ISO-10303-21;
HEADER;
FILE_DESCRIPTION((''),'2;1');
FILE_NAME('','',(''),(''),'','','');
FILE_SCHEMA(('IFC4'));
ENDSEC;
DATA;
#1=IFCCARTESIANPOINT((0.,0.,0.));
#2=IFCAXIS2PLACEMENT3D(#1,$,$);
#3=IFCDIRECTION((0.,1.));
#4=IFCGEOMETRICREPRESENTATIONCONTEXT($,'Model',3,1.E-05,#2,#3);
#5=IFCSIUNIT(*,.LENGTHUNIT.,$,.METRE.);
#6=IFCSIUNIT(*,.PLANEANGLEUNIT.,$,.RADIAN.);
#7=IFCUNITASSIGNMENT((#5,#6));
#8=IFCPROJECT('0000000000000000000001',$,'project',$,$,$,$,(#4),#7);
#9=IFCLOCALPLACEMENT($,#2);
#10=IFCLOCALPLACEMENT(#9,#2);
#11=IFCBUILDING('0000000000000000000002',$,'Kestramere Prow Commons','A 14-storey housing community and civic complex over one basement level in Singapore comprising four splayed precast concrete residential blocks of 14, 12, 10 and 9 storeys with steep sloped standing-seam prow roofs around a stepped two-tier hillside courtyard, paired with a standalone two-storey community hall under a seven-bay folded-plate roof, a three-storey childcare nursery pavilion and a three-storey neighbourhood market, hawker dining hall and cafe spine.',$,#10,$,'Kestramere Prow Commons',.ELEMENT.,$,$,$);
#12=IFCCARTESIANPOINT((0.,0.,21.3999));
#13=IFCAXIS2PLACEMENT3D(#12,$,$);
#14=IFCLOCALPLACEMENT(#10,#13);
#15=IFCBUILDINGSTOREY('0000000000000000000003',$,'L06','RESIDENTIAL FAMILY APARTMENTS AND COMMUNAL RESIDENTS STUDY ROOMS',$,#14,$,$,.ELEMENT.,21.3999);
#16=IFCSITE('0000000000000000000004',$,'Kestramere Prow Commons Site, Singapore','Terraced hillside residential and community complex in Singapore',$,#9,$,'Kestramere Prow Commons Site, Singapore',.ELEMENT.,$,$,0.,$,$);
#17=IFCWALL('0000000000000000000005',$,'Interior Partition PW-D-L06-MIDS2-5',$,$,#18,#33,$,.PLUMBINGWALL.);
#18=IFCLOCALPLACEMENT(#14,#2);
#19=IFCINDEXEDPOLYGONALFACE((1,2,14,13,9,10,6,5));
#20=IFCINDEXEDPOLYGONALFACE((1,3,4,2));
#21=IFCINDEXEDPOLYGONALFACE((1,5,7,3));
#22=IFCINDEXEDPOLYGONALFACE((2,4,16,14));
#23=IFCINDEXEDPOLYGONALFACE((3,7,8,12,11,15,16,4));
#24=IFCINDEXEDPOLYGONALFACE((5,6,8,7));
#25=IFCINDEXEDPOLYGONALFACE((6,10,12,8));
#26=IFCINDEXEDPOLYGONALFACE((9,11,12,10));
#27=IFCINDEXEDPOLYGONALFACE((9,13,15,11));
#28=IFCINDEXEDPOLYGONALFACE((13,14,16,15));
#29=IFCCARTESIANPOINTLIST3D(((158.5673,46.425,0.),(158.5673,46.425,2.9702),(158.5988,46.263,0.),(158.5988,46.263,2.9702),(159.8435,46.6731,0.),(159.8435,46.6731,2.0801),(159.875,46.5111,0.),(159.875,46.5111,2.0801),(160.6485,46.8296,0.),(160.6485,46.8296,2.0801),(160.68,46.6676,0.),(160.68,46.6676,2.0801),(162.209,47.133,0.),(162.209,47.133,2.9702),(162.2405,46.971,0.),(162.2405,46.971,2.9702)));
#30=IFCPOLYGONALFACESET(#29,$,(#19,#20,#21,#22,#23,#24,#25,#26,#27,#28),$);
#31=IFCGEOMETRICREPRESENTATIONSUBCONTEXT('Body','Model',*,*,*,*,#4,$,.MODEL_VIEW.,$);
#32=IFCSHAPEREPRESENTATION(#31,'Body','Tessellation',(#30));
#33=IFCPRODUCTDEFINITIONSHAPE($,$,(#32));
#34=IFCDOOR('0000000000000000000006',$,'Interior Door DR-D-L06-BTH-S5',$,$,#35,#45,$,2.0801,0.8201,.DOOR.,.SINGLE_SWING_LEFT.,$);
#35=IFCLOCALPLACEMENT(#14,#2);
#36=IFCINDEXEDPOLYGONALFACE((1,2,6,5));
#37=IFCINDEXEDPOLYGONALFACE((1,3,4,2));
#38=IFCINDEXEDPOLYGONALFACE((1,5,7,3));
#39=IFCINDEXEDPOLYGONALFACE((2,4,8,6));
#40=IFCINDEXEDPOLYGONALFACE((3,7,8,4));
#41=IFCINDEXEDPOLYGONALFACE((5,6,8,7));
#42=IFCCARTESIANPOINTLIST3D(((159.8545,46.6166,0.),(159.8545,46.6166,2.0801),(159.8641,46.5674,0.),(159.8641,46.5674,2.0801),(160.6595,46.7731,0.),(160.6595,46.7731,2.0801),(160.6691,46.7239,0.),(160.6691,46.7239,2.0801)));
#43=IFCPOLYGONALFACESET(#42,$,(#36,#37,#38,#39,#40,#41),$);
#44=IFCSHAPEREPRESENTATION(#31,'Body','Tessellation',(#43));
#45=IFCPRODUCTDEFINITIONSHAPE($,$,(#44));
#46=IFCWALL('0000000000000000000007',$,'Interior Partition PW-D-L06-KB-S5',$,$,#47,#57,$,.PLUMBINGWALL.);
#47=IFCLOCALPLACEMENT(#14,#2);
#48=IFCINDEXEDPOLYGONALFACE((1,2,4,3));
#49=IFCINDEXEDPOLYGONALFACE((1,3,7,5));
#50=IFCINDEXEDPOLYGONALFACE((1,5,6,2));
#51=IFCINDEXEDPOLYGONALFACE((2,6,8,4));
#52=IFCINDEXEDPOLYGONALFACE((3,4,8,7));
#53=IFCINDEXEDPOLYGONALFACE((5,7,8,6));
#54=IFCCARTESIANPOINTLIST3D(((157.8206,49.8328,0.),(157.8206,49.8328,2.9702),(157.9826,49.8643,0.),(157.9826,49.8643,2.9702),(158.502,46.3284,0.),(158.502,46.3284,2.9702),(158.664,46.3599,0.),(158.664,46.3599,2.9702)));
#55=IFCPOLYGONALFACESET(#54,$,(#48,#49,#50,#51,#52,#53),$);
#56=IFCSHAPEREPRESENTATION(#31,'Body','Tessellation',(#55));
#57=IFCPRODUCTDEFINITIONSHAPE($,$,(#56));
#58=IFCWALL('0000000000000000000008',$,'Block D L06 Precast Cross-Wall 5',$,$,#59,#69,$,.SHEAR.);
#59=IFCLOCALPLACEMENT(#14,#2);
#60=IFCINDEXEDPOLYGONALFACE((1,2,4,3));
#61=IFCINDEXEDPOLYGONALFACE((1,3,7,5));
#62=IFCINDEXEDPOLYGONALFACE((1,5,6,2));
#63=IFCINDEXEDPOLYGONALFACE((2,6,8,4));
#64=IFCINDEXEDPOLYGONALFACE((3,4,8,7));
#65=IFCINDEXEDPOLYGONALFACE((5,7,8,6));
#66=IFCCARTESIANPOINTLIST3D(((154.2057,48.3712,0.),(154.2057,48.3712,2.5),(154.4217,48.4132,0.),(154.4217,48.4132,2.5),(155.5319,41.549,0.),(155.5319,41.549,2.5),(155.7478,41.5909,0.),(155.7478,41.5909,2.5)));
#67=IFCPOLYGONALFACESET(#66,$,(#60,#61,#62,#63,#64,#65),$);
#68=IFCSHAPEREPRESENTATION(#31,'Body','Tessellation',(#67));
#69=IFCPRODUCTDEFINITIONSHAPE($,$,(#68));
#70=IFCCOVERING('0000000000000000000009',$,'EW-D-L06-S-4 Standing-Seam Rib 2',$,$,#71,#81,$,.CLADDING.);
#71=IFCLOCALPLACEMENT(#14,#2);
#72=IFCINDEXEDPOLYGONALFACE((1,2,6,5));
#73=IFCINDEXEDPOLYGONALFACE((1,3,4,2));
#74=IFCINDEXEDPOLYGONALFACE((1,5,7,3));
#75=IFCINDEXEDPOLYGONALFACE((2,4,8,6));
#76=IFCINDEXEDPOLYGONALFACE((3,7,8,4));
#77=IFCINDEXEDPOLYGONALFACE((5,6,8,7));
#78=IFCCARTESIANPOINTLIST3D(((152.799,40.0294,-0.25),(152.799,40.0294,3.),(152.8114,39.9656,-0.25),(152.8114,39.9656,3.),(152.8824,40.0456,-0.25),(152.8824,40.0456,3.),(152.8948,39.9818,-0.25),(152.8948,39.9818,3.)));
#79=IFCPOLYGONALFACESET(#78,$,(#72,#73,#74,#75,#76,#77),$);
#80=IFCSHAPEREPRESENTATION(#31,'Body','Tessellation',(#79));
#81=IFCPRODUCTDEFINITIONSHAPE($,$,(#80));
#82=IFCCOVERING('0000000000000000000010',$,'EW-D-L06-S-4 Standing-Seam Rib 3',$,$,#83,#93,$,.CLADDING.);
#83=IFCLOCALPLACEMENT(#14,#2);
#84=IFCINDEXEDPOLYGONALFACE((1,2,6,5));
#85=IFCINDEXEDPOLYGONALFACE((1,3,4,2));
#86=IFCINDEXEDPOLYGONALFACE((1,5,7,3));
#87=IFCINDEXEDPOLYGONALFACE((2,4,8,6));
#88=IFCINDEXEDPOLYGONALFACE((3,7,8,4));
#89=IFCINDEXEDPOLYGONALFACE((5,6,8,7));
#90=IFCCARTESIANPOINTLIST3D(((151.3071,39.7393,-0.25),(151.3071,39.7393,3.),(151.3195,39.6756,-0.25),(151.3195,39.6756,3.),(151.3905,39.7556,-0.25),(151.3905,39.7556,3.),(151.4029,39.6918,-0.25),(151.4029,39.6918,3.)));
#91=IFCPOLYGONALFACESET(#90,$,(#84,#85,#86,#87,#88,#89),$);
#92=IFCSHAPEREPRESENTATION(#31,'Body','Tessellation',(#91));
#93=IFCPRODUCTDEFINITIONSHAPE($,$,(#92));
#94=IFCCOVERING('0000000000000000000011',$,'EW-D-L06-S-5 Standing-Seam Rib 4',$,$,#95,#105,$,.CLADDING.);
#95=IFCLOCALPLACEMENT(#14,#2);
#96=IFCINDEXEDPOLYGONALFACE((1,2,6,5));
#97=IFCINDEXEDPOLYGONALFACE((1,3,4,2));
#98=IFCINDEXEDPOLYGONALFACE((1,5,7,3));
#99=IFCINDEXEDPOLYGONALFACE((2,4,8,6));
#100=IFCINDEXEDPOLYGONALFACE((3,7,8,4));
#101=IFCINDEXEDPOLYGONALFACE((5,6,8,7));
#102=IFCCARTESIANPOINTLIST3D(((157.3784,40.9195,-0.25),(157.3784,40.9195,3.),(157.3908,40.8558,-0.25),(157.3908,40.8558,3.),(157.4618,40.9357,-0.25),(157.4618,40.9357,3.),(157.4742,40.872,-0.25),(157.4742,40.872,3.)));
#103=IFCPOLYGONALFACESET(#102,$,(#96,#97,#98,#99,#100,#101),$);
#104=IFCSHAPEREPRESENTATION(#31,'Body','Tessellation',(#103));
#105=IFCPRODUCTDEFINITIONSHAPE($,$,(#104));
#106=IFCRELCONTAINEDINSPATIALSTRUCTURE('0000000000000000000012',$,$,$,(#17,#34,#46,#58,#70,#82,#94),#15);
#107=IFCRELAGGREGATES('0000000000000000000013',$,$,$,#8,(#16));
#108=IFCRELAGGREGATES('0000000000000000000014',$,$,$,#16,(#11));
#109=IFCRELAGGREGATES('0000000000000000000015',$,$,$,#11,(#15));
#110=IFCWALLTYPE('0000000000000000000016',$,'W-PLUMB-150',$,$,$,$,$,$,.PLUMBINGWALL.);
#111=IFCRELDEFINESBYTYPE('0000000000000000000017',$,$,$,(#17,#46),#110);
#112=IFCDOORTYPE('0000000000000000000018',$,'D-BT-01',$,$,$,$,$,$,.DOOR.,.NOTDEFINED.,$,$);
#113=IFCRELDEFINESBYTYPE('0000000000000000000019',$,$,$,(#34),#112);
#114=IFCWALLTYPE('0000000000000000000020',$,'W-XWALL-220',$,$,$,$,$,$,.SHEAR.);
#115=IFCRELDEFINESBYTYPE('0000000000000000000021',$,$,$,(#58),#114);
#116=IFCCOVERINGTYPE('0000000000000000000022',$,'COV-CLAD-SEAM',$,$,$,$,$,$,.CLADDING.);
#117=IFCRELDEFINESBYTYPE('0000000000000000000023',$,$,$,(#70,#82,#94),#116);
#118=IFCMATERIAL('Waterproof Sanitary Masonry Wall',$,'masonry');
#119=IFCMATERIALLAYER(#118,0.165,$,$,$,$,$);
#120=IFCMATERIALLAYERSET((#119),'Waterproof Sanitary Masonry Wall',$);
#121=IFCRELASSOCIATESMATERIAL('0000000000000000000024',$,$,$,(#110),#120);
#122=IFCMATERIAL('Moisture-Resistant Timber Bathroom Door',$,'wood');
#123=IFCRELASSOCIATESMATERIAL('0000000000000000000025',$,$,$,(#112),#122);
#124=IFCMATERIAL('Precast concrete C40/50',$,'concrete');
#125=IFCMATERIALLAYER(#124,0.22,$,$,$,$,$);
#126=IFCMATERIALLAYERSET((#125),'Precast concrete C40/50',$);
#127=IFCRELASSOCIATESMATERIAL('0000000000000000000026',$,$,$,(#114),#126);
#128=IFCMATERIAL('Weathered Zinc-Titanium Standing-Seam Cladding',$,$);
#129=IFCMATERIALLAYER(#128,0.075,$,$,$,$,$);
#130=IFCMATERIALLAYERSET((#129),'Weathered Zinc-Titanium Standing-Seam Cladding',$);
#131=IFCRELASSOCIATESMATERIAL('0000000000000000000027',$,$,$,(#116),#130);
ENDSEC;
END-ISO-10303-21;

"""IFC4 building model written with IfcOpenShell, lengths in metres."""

from ifc_helpers import new_model, si_unit, direction, frame, frame_2d, origin, origin_2d, place, context, subcontext, project, spatial, rectangle, extrude, material, layer, layer_set, type_object, element, fill, save


model = new_model("IFC4")

# Units and contexts
model_context = context("Model", 3, precision=1e-05, world=origin(), true_north=direction((0.0, 1.0)))
body_context = subcontext(model_context, "Body", "Model", "MODEL_VIEW")
ifc_project = project(units=[si_unit("LENGTHUNIT", "METRE"), si_unit("PLANEANGLEUNIT", "RADIAN")], contexts=[model_context])

# Site, building, storey
site_placement = place(None, origin())
site = spatial("IfcSite", under=ifc_project, at=site_placement, Name="Kestramere Prow Commons Site, Singapore", Description="Terraced hillside residential and community complex in Singapore", LongName="Kestramere Prow Commons Site, Singapore", CompositionType="ELEMENT", RefElevation=0.0)
building_placement = place(site_placement, origin())
building = spatial("IfcBuilding", under=site, at=building_placement, Name="Kestramere Prow Commons", Description="A 14-storey housing community and civic complex over one basement level in Singapore comprising four splayed precast concrete residential blocks of 14, 12, 10 and 9 storeys with steep sloped standing-seam prow roofs around a stepped two-tier hillside courtyard, paired with a standalone two-storey community hall under a seven-bay folded-plate roof, a three-storey childcare nursery pavilion and a three-storey neighbourhood market, hawker dining hall and cafe spine.", LongName="Kestramere Prow Commons", CompositionType="ELEMENT")
storey_placement = place(building_placement, frame((0.0, 0.0, 21.3999)))
storey = spatial("IfcBuildingStorey", under=building, at=storey_placement, Name="L06", Description="RESIDENTIAL FAMILY APARTMENTS AND COMMUNAL RESIDENTS STUDY ROOMS", CompositionType="ELEMENT", Elevation=21.3999)

# Shared definitions
ifc_material_1 = material(Name="Precast concrete C40/50", Category="concrete")

# Shared definitions
ifc_material_2 = material(Name="Waterproof Sanitary Masonry Wall", Category="masonry")
ifc_layer_1 = layer(ifc_material_2, 0.165)
ifc_layer_set_1 = layer_set([ifc_layer_1], Name="Waterproof Sanitary Masonry Wall")
wall_type_1 = type_object("IfcWallType", Name="W-PLUMB-150", PredefinedType="PLUMBINGWALL", material=ifc_layer_set_1)
ifc_material_3 = material(Name="Moisture-Resistant Timber Bathroom Door", Category="wood")
door_type_1 = type_object("IfcDoorType", Name="D-BT-01", OperationType="NOTDEFINED", PredefinedType="DOOR", material=ifc_material_3)

# Wall, opening, door
wall_1_placement = place(storey_placement, frame((158.583, 46.344, 0.0), z_axis=(0.0, 0.0, 1.0), x_axis=(0.981622, 0.190836, 0.0)))
wall_1 = element("IfcWall", 1, at=wall_1_placement, inside=storey, type_object=wall_type_1, Name="Interior Partition PW-D-L06-MIDS2-5", PredefinedType="PLUMBINGWALL", context=body_context, shape_type="SweptSolid", body=[
    extrude(rectangle(XDim=3.71, YDim=0.165, at=frame_2d((1.855, 0.0))), origin(), (0.0, 0.0, 1.0), 2.9702),
])
opening_1_placement = place(wall_1_placement, frame((1.3, 0.0, 0.0)))
opening_1 = element("IfcOpeningElement", 2, at=opening_1_placement, cuts=wall_1, PredefinedType="OPENING", context=body_context, shape_type="SweptSolid", body=[
    extrude(rectangle(XDim=0.8201, YDim=2.0801, at=frame_2d((0.4102, 1.04))), frame((0.0, 0.0974, 0.0), z_axis=(0.0, -1.0, 0.0), x_axis=(1.0, 0.0, 0.0)), (0.0, 0.0, 1.0), 0.1951),
])
door_1_placement = place(opening_1_placement, origin())
door_1 = element("IfcDoor", 3, at=door_1_placement, inside=storey, type_object=door_type_1, Name="Interior Door DR-D-L06-BTH-S5", OperationType="SINGLE_SWING_LEFT", OverallHeight=2.0801, OverallWidth=0.8201, PredefinedType="DOOR", context=body_context, shape_type="SweptSolid", body=[
    extrude(rectangle(XDim=0.8201, YDim=2.0801, at=frame_2d((0.4102, 1.04))), frame((0.0, 0.0249, 0.0), z_axis=(0.0, -1.0, 0.0), x_axis=(1.0, 0.0, 0.0)), (0.0, 0.0, 1.0), 0.05),
])
fill(opening_1, door_1)

# Walls
wall_2_placement = place(storey_placement, frame((158.583, 46.344, 0.0), z_axis=(0.0, 0.0, 1.0), x_axis=(-0.190866, 0.981616, 0.0)))
element("IfcWall", 4, at=wall_2_placement, inside=storey, type_object=wall_type_1, Name="Interior Partition PW-D-L06-KB-S5", PredefinedType="PLUMBINGWALL", context=body_context, shape_type="SweptSolid", body=[
    extrude(rectangle(XDim=3.5701, YDim=0.165, at=frame_2d((1.7852, 0.0))), origin(), (0.0, 0.0, 1.0), 2.9702),
])
ifc_layer_2 = layer(ifc_material_1, 0.22)
ifc_layer_set_2 = layer_set([ifc_layer_2], Name="Precast concrete C40/50")
wall_type_2 = type_object("IfcWallType", Name="W-XWALL-220", PredefinedType="SHEAR", material=ifc_layer_set_2)
wall_3_placement = place(storey_placement, frame((155.6399, 41.5698, 0.0), z_axis=(0.0, 0.0, 1.0), x_axis=(-0.190817, 0.981626, 0.0)))
element("IfcWall", 5, at=wall_3_placement, inside=storey, type_object=wall_type_2, Name="Block D L06 Precast Cross-Wall 5", PredefinedType="SHEAR", context=body_context, shape_type="SweptSolid", body=[
    extrude(rectangle(XDim=6.95, YDim=0.22, at=frame_2d((3.4751, 0.0))), origin(), (0.0, 0.0, 1.0), 2.5),
])

# Coverings
ifc_material_4 = material(Name="Weathered Zinc-Titanium Standing-Seam Cladding")
ifc_layer_3 = layer(ifc_material_4, 0.075)
ifc_layer_set_3 = layer_set([ifc_layer_3], Name="Weathered Zinc-Titanium Standing-Seam Cladding")
covering_type = type_object("IfcCoveringType", Name="COV-CLAD-SEAM", PredefinedType="CLADDING", material=ifc_layer_set_3)
for number, where, z_axis, x_axis, name in (
    (6, (152.8469, 40.0056, -0.25), (0.0, 0.0, 1.0), (-0.981627, -0.190809, 0.0), "EW-D-L06-S-4 Standing-Seam Rib 2"),
    (7, (151.355, 39.7156, -0.25), (0.0, 0.0, 1.0), (-0.981627, -0.190809, 0.0), "EW-D-L06-S-4 Standing-Seam Rib 3"),
    (8, (157.4263, 40.8958, -0.25), (0.0, 0.0, 1.0), (-0.981627, -0.190809, 0.0), "EW-D-L06-S-5 Standing-Seam Rib 4"),
):
    element("IfcCovering", number, at=place(storey_placement, frame(where, z_axis=z_axis, x_axis=x_axis)), inside=storey, type_object=covering_type, Name=name, PredefinedType="CLADDING", context=body_context, shape_type="SweptSolid", body=[
        extrude(rectangle(XDim=0.085, YDim=0.0649, at=origin_2d()), origin(), (0.0, 0.0, 1.0), 3.25),
    ])

save(model, "model.ifc")
